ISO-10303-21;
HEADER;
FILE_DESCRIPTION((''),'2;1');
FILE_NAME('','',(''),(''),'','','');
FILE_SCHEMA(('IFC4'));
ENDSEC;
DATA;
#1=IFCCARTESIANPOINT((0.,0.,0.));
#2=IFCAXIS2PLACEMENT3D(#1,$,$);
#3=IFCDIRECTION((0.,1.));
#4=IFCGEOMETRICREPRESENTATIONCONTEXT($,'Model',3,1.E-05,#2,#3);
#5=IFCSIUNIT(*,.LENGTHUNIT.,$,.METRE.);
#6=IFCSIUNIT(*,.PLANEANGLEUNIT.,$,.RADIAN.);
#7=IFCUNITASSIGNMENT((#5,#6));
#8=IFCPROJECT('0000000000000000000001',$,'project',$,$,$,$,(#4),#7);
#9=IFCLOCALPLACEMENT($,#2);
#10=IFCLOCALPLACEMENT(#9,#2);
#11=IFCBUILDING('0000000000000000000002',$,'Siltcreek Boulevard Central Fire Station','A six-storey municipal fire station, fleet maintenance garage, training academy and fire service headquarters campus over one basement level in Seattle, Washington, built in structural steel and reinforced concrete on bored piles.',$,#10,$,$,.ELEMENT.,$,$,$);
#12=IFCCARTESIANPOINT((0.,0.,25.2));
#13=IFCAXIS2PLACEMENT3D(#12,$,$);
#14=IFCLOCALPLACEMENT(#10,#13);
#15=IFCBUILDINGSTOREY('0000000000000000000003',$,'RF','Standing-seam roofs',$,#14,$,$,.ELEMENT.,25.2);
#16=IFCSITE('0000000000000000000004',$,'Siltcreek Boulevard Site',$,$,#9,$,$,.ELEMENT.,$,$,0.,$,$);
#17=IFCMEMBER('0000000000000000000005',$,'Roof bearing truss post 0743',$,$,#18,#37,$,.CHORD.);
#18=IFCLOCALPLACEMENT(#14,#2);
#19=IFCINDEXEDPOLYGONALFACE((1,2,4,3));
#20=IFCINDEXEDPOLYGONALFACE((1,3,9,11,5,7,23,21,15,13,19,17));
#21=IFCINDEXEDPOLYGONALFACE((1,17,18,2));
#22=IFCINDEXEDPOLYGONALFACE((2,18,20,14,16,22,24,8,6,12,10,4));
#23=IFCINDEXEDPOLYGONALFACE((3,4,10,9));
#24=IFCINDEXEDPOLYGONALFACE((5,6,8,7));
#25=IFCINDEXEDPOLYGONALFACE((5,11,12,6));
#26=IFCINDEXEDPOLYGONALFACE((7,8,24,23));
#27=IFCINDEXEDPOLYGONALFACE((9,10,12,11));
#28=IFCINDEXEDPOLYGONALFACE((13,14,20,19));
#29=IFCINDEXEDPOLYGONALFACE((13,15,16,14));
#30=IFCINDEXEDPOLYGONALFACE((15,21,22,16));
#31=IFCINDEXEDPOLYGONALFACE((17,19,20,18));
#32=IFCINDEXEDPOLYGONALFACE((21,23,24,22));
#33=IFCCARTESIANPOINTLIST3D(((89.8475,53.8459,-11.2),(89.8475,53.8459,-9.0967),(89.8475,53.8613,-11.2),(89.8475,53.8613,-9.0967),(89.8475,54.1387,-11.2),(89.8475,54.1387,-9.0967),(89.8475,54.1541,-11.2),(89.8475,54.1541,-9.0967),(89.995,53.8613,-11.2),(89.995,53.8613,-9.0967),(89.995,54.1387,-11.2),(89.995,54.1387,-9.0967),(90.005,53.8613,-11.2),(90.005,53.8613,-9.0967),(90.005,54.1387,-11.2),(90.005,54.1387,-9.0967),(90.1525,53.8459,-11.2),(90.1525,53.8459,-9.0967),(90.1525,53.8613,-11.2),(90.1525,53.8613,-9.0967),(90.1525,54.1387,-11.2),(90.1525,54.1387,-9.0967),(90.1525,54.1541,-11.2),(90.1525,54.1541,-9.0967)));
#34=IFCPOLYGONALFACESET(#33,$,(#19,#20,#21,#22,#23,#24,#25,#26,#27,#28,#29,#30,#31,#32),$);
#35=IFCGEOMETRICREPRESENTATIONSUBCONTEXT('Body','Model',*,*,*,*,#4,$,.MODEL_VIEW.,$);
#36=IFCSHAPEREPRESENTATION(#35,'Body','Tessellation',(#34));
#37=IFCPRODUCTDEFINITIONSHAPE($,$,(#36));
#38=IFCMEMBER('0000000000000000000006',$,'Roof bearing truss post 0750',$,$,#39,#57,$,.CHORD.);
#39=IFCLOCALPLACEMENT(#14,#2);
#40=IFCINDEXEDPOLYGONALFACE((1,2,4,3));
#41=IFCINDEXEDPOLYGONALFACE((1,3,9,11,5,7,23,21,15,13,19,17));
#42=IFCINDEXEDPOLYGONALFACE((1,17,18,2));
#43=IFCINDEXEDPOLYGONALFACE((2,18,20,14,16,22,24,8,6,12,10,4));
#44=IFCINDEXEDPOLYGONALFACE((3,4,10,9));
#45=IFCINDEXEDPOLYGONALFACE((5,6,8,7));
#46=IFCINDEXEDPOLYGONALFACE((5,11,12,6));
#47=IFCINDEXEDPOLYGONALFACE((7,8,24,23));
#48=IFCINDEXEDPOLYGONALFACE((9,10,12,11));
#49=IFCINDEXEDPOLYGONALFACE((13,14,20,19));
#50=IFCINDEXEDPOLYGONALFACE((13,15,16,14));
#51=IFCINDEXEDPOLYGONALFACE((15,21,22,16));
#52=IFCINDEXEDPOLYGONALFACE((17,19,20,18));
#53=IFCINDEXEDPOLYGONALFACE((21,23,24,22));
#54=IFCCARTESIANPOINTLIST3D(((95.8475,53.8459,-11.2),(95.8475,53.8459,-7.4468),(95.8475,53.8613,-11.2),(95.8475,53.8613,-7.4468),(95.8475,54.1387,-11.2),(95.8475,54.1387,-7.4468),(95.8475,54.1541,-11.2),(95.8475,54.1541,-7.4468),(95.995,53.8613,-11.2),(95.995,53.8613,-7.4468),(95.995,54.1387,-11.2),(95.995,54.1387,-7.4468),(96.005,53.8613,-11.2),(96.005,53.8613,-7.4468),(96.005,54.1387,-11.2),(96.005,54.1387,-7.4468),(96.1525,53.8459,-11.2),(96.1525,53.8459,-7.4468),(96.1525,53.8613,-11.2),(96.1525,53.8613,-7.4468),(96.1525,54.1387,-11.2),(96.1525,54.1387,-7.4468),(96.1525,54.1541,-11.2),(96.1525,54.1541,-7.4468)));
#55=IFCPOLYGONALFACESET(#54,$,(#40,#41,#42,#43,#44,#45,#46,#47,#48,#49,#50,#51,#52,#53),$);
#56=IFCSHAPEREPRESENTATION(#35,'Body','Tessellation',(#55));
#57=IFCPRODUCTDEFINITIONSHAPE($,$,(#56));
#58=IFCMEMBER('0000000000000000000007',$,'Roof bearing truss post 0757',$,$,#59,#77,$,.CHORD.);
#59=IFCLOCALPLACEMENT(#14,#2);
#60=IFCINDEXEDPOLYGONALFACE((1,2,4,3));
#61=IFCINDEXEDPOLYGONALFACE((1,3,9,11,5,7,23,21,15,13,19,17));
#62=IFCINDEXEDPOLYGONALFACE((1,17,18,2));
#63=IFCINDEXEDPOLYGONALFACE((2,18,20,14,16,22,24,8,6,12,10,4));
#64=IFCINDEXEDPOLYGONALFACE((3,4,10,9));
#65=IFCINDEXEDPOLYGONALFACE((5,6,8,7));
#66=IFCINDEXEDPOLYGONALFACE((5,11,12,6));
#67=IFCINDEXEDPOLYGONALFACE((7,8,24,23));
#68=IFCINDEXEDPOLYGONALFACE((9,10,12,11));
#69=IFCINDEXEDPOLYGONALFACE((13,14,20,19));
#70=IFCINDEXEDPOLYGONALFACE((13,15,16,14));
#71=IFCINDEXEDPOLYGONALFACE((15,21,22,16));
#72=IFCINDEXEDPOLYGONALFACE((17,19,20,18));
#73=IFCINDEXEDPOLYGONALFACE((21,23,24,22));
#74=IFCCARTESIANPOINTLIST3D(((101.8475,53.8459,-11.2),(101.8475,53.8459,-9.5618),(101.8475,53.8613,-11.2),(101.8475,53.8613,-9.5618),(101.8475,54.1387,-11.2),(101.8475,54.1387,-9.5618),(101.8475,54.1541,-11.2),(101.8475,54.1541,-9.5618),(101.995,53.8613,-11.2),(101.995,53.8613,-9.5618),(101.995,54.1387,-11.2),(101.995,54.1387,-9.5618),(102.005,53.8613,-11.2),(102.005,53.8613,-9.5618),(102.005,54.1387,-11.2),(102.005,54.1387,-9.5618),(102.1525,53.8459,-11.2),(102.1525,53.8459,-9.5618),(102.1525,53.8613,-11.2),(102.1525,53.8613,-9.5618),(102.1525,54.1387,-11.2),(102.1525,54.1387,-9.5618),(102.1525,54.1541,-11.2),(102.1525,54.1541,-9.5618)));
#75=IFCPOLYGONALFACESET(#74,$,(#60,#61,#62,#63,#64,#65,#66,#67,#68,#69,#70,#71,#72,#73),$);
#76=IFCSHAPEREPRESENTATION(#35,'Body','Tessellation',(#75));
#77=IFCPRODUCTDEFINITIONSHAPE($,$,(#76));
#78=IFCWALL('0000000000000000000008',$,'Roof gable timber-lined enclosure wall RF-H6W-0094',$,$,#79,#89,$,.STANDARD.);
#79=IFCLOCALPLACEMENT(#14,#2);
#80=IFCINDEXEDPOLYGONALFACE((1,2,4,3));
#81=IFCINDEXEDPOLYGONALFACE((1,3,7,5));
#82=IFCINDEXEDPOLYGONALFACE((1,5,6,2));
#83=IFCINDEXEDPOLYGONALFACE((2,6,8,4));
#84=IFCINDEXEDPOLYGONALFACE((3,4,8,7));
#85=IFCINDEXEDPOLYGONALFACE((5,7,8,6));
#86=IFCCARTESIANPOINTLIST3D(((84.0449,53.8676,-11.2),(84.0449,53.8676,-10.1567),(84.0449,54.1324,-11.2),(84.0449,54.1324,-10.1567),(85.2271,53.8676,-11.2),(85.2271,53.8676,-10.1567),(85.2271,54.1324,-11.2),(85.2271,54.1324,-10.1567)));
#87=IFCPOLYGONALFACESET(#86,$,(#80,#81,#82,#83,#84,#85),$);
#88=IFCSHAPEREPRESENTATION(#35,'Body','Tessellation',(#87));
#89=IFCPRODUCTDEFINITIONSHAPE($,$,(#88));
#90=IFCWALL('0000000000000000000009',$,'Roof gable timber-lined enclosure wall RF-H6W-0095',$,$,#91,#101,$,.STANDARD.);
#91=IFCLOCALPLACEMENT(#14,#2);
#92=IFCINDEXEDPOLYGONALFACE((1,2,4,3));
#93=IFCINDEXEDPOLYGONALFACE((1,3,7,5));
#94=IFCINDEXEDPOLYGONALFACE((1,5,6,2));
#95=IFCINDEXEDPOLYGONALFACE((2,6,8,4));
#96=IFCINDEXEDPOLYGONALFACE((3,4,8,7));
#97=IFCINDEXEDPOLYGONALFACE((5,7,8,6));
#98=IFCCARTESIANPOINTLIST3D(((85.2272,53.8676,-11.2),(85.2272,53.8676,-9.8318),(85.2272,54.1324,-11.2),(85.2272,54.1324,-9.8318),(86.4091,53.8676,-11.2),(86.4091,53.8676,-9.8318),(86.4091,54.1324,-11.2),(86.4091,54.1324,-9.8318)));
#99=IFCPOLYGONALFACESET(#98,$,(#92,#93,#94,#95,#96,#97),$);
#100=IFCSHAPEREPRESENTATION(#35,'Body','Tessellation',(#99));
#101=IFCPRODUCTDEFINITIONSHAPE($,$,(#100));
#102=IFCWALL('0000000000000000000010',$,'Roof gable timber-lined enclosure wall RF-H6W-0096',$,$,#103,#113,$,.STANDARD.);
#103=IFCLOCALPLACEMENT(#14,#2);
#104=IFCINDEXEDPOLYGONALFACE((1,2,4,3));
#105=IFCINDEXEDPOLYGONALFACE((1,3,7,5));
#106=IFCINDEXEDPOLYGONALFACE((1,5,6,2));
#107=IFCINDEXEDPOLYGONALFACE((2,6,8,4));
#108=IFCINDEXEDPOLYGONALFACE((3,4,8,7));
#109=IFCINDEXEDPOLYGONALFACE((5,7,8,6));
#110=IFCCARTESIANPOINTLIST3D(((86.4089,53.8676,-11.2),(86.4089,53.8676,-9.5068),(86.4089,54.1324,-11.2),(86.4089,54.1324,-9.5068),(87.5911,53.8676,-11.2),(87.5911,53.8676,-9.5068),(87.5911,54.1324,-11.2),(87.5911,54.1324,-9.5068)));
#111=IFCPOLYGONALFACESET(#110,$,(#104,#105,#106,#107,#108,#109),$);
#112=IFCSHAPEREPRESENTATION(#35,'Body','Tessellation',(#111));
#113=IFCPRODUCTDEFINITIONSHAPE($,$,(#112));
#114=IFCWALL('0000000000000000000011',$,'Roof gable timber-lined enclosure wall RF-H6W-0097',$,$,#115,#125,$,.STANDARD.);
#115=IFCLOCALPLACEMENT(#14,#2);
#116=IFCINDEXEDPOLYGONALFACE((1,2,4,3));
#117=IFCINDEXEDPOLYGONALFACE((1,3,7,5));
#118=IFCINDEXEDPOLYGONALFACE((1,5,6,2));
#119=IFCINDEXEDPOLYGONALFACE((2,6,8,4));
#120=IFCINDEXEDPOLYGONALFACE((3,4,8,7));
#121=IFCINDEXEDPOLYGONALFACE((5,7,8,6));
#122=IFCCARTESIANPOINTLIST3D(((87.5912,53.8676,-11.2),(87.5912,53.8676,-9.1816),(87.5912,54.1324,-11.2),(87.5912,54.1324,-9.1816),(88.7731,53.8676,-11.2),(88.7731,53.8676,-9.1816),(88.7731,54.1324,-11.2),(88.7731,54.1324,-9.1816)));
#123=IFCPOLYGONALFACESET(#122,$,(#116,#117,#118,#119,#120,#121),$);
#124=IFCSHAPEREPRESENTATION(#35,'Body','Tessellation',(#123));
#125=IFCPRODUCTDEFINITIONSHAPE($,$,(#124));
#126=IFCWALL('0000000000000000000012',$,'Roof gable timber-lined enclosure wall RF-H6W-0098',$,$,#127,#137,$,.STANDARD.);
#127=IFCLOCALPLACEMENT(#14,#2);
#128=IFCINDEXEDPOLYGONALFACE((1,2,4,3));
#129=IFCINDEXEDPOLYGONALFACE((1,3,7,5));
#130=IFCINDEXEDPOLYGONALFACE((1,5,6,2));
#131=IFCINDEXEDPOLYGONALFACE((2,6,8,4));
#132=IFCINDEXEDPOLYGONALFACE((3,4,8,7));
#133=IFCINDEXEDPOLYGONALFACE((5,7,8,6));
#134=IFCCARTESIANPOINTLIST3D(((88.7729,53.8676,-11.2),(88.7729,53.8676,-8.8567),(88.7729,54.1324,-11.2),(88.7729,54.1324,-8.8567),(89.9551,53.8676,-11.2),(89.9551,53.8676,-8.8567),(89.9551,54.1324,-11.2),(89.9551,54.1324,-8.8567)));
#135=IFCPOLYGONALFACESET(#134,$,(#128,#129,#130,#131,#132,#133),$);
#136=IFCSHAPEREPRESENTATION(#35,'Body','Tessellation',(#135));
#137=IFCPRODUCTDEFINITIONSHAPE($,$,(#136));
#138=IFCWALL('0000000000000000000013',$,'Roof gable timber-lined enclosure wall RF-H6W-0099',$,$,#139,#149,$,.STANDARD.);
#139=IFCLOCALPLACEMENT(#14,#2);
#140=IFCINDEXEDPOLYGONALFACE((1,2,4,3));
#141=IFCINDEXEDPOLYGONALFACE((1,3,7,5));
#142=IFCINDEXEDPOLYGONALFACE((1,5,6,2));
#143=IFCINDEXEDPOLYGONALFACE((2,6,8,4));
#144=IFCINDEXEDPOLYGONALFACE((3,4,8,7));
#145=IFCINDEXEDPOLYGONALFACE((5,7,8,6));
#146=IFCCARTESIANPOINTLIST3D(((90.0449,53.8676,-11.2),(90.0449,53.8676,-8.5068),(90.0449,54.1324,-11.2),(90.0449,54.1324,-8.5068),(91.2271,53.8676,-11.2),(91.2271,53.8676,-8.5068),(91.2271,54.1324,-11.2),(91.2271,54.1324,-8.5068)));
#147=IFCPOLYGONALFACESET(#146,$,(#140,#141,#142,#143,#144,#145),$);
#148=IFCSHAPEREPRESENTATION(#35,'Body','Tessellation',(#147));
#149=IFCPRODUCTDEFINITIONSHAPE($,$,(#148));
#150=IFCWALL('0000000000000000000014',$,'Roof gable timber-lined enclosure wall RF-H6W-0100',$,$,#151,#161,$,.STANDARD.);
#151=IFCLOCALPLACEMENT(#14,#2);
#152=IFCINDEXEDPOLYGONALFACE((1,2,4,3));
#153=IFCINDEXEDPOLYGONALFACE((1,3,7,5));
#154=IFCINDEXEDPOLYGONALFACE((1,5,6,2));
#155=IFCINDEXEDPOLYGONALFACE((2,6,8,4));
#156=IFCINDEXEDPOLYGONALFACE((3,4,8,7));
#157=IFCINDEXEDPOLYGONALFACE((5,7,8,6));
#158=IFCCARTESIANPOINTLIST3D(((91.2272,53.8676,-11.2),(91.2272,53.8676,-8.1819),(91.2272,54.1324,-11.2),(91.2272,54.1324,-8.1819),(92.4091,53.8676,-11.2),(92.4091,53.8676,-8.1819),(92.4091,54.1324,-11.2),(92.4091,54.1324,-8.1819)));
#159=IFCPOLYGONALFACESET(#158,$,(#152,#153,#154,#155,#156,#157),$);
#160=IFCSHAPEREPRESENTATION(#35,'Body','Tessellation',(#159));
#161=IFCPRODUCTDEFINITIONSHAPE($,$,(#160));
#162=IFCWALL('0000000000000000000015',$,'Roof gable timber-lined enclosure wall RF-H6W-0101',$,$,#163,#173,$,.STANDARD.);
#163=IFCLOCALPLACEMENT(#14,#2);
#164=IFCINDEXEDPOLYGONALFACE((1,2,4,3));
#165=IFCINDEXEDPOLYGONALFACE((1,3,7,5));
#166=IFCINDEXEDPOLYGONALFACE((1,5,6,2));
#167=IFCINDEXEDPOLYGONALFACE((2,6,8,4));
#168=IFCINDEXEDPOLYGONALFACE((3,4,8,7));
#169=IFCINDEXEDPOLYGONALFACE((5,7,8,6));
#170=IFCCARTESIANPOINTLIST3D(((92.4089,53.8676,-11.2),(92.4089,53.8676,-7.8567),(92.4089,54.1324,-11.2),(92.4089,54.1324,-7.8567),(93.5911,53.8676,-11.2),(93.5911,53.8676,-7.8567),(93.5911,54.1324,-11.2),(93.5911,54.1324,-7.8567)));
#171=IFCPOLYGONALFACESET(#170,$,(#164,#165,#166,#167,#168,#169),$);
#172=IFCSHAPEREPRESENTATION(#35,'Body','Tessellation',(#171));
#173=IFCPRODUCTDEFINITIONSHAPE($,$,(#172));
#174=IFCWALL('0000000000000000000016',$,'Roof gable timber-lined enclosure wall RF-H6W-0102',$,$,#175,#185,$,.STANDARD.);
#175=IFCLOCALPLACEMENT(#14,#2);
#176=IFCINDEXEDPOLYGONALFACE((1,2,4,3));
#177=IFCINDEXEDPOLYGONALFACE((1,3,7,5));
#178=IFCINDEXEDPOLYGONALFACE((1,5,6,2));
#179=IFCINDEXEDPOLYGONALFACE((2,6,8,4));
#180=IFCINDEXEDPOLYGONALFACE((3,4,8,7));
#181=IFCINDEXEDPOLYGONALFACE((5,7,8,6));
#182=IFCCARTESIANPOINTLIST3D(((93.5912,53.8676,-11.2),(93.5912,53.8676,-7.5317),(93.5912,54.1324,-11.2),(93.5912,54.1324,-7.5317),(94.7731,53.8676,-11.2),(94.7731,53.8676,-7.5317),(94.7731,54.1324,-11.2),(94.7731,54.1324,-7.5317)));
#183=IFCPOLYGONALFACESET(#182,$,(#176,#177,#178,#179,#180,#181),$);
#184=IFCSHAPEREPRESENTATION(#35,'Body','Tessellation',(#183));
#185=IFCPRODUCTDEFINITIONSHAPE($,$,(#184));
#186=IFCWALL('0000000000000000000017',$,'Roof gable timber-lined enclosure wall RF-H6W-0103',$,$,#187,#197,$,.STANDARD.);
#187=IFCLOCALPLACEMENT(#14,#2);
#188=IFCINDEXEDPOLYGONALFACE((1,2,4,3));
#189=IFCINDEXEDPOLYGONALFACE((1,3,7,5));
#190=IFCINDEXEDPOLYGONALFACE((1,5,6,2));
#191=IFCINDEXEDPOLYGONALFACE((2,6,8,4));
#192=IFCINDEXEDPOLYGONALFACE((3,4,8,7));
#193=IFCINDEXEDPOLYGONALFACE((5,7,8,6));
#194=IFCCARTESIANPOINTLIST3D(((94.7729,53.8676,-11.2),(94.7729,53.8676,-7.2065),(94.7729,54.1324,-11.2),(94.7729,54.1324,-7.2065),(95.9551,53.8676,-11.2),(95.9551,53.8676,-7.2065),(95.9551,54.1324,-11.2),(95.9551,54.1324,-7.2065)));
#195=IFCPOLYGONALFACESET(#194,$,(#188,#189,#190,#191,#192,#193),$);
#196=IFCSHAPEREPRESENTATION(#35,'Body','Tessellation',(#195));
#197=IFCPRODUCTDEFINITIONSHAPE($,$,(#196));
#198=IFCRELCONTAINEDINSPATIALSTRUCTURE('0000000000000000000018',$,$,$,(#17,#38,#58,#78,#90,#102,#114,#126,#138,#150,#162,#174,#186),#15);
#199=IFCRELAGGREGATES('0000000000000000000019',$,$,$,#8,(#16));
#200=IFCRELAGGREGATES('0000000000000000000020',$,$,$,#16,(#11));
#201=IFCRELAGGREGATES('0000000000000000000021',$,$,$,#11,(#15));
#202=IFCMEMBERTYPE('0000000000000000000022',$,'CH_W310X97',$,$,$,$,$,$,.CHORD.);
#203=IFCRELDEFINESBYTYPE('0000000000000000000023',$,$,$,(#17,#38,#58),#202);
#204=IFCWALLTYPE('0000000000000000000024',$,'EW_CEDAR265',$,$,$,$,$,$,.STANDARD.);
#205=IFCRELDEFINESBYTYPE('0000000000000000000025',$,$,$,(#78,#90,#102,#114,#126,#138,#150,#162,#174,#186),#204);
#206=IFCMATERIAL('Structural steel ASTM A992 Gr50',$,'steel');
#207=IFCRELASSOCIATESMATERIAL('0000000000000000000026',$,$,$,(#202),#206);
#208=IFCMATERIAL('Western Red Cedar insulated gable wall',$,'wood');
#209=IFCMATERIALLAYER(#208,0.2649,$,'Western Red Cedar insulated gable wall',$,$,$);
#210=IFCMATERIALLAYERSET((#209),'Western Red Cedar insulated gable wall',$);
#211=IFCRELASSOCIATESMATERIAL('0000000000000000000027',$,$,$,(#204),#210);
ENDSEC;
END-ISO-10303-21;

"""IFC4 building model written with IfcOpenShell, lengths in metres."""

from ifc_helpers import new_model, si_unit, direction, frame, frame_2d, origin, origin_2d, place, context, subcontext, project, spatial, rectangle, i_section, extrude, material, layer, layer_set, material_profile, profile_set, type_object, element, save


model = new_model("IFC4")

# Units and contexts
model_context = context("Model", 3, precision=1e-05, world=origin(), true_north=direction((0.0, 1.0)))
body_context = subcontext(model_context, "Body", "Model", "MODEL_VIEW")
ifc_project = project(units=[si_unit("LENGTHUNIT", "METRE"), si_unit("PLANEANGLEUNIT", "RADIAN")], contexts=[model_context])

# Site, building, storey
site_placement = place(None, origin())
site = spatial("IfcSite", under=ifc_project, at=site_placement, Name="Siltcreek Boulevard Site", CompositionType="ELEMENT", RefElevation=0.0)
building_placement = place(site_placement, origin())
building = spatial("IfcBuilding", under=site, at=building_placement, Name="Siltcreek Boulevard Central Fire Station", Description="A six-storey municipal fire station, fleet maintenance garage, training academy and fire service headquarters campus over one basement level in Seattle, Washington, built in structural steel and reinforced concrete on bored piles.", CompositionType="ELEMENT")
storey_placement = place(building_placement, frame((0.0, 0.0, 25.2)))
storey = spatial("IfcBuildingStorey", under=building, at=storey_placement, Name="RF", Description="Standing-seam roofs", CompositionType="ELEMENT", Elevation=25.2)

# Members
ifc_material_1 = material(Name="Structural steel ASTM A992 Gr50", Category="steel")
ifc_material_profile = material_profile(ifc_material_1, i_section(OverallWidth=0.3049, OverallDepth=0.3081, WebThickness=0.01, FlangeThickness=0.0154, at=origin_2d()), Name="W310X97")
ifc_profile_set = profile_set([ifc_material_profile], Name="Structural steel ASTM A992 Gr50")
member_type = type_object("IfcMemberType", Name="CH_W310X97", PredefinedType="CHORD", material=ifc_profile_set)
member_1_placement = place(storey_placement, frame((90.0, 54.0, -11.2), z_axis=(0.0, 0.0, 1.0), x_axis=(1.0, 0.0, 0.0)))
element("IfcMember", 1, at=member_1_placement, inside=storey, type_object=member_type, Name="Roof bearing truss post 0743", PredefinedType="CHORD", context=body_context, shape_type="SweptSolid", body=[
    extrude(i_section(OverallWidth=0.3049, OverallDepth=0.3081, WebThickness=0.01, FlangeThickness=0.0154, at=origin_2d()), origin(), (0.0, 0.0, 1.0), 2.1033),
])
member_2_placement = place(storey_placement, frame((96.0, 54.0, -11.2), z_axis=(0.0, 0.0, 1.0), x_axis=(1.0, 0.0, 0.0)))
element("IfcMember", 2, at=member_2_placement, inside=storey, type_object=member_type, Name="Roof bearing truss post 0750", PredefinedType="CHORD", context=body_context, shape_type="SweptSolid", body=[
    extrude(i_section(OverallWidth=0.3049, OverallDepth=0.3081, WebThickness=0.01, FlangeThickness=0.0154, at=origin_2d()), origin(), (0.0, 0.0, 1.0), 3.7532),
])
member_3_placement = place(storey_placement, frame((102.0, 54.0, -11.2), z_axis=(0.0, 0.0, 1.0), x_axis=(1.0, 0.0, 0.0)))
element("IfcMember", 3, at=member_3_placement, inside=storey, type_object=member_type, Name="Roof bearing truss post 0757", PredefinedType="CHORD", context=body_context, shape_type="SweptSolid", body=[
    extrude(i_section(OverallWidth=0.3049, OverallDepth=0.3081, WebThickness=0.01, FlangeThickness=0.0154, at=origin_2d()), origin(), (0.0, 0.0, 1.0), 1.6382),
])

# Walls
ifc_material_2 = material(Name="Western Red Cedar insulated gable wall", Category="wood")
ifc_layer = layer(ifc_material_2, 0.2649, Name="Western Red Cedar insulated gable wall")
ifc_layer_set = layer_set([ifc_layer], Name="Western Red Cedar insulated gable wall")
wall_type = type_object("IfcWallType", Name="EW_CEDAR265", PredefinedType="STANDARD", material=ifc_layer_set)
wall_1_placement = place(storey_placement, frame((85.2271, 54.0, -11.2), z_axis=(0.0, 0.0, 1.0), x_axis=(-1.0, 0.0, 0.0)))
element("IfcWall", 4, at=wall_1_placement, inside=storey, type_object=wall_type, Name="Roof gable timber-lined enclosure wall RF-H6W-0094", PredefinedType="STANDARD", context=body_context, shape_type="SweptSolid", body=[
    extrude(rectangle(XDim=1.1821, YDim=0.2649, at=frame_2d((0.5911, 0.0))), origin(), (0.0, 0.0, 1.0), 1.0432),
])
wall_2_placement = place(storey_placement, frame((86.4089, 54.0, -11.2), z_axis=(0.0, 0.0, 1.0), x_axis=(-1.0, 0.0, 0.0)))
element("IfcWall", 5, at=wall_2_placement, inside=storey, type_object=wall_type, Name="Roof gable timber-lined enclosure wall RF-H6W-0095", PredefinedType="STANDARD", context=body_context, shape_type="SweptSolid", body=[
    extrude(rectangle(XDim=1.1819, YDim=0.2649, at=frame_2d((0.5908, 0.0))), origin(), (0.0, 0.0, 1.0), 1.3682),
])
wall_3_placement = place(storey_placement, frame((87.5911, 54.0, -11.2), z_axis=(0.0, 0.0, 1.0), x_axis=(-1.0, 0.0, 0.0)))
element("IfcWall", 6, at=wall_3_placement, inside=storey, type_object=wall_type, Name="Roof gable timber-lined enclosure wall RF-H6W-0096", PredefinedType="STANDARD", context=body_context, shape_type="SweptSolid", body=[
    extrude(rectangle(XDim=1.1821, YDim=0.2649, at=frame_2d((0.5911, 0.0))), origin(), (0.0, 0.0, 1.0), 1.6931),
])
wall_4_placement = place(storey_placement, frame((88.7729, 54.0, -11.2), z_axis=(0.0, 0.0, 1.0), x_axis=(-1.0, 0.0, 0.0)))
element("IfcWall", 7, at=wall_4_placement, inside=storey, type_object=wall_type, Name="Roof gable timber-lined enclosure wall RF-H6W-0097", PredefinedType="STANDARD", context=body_context, shape_type="SweptSolid", body=[
    extrude(rectangle(XDim=1.1819, YDim=0.2649, at=frame_2d((0.5908, 0.0))), origin(), (0.0, 0.0, 1.0), 2.0183),
])
wall_5_placement = place(storey_placement, frame((89.9551, 54.0, -11.2), z_axis=(0.0, 0.0, 1.0), x_axis=(-1.0, 0.0, 0.0)))
element("IfcWall", 8, at=wall_5_placement, inside=storey, type_object=wall_type, Name="Roof gable timber-lined enclosure wall RF-H6W-0098", PredefinedType="STANDARD", context=body_context, shape_type="SweptSolid", body=[
    extrude(rectangle(XDim=1.1821, YDim=0.2649, at=frame_2d((0.5911, 0.0))), origin(), (0.0, 0.0, 1.0), 2.3433),
])
wall_6_placement = place(storey_placement, frame((91.2271, 54.0, -11.2), z_axis=(0.0, 0.0, 1.0), x_axis=(-1.0, 0.0, 0.0)))
element("IfcWall", 9, at=wall_6_placement, inside=storey, type_object=wall_type, Name="Roof gable timber-lined enclosure wall RF-H6W-0099", PredefinedType="STANDARD", context=body_context, shape_type="SweptSolid", body=[
    extrude(rectangle(XDim=1.1821, YDim=0.2649, at=frame_2d((0.5911, 0.0))), origin(), (0.0, 0.0, 1.0), 2.6931),
])
wall_7_placement = place(storey_placement, frame((92.4089, 54.0, -11.2), z_axis=(0.0, 0.0, 1.0), x_axis=(-1.0, 0.0, 0.0)))
element("IfcWall", 10, at=wall_7_placement, inside=storey, type_object=wall_type, Name="Roof gable timber-lined enclosure wall RF-H6W-0100", PredefinedType="STANDARD", context=body_context, shape_type="SweptSolid", body=[
    extrude(rectangle(XDim=1.1819, YDim=0.2649, at=frame_2d((0.5908, 0.0))), origin(), (0.0, 0.0, 1.0), 3.0181),
])
wall_8_placement = place(storey_placement, frame((93.5911, 54.0, -11.2), z_axis=(0.0, 0.0, 1.0), x_axis=(-1.0, 0.0, 0.0)))
element("IfcWall", 11, at=wall_8_placement, inside=storey, type_object=wall_type, Name="Roof gable timber-lined enclosure wall RF-H6W-0101", PredefinedType="STANDARD", context=body_context, shape_type="SweptSolid", body=[
    extrude(rectangle(XDim=1.1821, YDim=0.2649, at=frame_2d((0.5911, 0.0))), origin(), (0.0, 0.0, 1.0), 3.3433),
])
wall_9_placement = place(storey_placement, frame((94.7729, 54.0, -11.2), z_axis=(0.0, 0.0, 1.0), x_axis=(-1.0, 0.0, 0.0)))
element("IfcWall", 12, at=wall_9_placement, inside=storey, type_object=wall_type, Name="Roof gable timber-lined enclosure wall RF-H6W-0102", PredefinedType="STANDARD", context=body_context, shape_type="SweptSolid", body=[
    extrude(rectangle(XDim=1.1819, YDim=0.2649, at=frame_2d((0.5908, 0.0))), origin(), (0.0, 0.0, 1.0), 3.6682),
])
wall_10_placement = place(storey_placement, frame((95.9551, 54.0, -11.2), z_axis=(0.0, 0.0, 1.0), x_axis=(-1.0, 0.0, 0.0)))
element("IfcWall", 13, at=wall_10_placement, inside=storey, type_object=wall_type, Name="Roof gable timber-lined enclosure wall RF-H6W-0103", PredefinedType="STANDARD", context=body_context, shape_type="SweptSolid", body=[
    extrude(rectangle(XDim=1.1821, YDim=0.2649, at=frame_2d((0.5911, 0.0))), origin(), (0.0, 0.0, 1.0), 3.9934),
])

save(model, "model.ifc")
